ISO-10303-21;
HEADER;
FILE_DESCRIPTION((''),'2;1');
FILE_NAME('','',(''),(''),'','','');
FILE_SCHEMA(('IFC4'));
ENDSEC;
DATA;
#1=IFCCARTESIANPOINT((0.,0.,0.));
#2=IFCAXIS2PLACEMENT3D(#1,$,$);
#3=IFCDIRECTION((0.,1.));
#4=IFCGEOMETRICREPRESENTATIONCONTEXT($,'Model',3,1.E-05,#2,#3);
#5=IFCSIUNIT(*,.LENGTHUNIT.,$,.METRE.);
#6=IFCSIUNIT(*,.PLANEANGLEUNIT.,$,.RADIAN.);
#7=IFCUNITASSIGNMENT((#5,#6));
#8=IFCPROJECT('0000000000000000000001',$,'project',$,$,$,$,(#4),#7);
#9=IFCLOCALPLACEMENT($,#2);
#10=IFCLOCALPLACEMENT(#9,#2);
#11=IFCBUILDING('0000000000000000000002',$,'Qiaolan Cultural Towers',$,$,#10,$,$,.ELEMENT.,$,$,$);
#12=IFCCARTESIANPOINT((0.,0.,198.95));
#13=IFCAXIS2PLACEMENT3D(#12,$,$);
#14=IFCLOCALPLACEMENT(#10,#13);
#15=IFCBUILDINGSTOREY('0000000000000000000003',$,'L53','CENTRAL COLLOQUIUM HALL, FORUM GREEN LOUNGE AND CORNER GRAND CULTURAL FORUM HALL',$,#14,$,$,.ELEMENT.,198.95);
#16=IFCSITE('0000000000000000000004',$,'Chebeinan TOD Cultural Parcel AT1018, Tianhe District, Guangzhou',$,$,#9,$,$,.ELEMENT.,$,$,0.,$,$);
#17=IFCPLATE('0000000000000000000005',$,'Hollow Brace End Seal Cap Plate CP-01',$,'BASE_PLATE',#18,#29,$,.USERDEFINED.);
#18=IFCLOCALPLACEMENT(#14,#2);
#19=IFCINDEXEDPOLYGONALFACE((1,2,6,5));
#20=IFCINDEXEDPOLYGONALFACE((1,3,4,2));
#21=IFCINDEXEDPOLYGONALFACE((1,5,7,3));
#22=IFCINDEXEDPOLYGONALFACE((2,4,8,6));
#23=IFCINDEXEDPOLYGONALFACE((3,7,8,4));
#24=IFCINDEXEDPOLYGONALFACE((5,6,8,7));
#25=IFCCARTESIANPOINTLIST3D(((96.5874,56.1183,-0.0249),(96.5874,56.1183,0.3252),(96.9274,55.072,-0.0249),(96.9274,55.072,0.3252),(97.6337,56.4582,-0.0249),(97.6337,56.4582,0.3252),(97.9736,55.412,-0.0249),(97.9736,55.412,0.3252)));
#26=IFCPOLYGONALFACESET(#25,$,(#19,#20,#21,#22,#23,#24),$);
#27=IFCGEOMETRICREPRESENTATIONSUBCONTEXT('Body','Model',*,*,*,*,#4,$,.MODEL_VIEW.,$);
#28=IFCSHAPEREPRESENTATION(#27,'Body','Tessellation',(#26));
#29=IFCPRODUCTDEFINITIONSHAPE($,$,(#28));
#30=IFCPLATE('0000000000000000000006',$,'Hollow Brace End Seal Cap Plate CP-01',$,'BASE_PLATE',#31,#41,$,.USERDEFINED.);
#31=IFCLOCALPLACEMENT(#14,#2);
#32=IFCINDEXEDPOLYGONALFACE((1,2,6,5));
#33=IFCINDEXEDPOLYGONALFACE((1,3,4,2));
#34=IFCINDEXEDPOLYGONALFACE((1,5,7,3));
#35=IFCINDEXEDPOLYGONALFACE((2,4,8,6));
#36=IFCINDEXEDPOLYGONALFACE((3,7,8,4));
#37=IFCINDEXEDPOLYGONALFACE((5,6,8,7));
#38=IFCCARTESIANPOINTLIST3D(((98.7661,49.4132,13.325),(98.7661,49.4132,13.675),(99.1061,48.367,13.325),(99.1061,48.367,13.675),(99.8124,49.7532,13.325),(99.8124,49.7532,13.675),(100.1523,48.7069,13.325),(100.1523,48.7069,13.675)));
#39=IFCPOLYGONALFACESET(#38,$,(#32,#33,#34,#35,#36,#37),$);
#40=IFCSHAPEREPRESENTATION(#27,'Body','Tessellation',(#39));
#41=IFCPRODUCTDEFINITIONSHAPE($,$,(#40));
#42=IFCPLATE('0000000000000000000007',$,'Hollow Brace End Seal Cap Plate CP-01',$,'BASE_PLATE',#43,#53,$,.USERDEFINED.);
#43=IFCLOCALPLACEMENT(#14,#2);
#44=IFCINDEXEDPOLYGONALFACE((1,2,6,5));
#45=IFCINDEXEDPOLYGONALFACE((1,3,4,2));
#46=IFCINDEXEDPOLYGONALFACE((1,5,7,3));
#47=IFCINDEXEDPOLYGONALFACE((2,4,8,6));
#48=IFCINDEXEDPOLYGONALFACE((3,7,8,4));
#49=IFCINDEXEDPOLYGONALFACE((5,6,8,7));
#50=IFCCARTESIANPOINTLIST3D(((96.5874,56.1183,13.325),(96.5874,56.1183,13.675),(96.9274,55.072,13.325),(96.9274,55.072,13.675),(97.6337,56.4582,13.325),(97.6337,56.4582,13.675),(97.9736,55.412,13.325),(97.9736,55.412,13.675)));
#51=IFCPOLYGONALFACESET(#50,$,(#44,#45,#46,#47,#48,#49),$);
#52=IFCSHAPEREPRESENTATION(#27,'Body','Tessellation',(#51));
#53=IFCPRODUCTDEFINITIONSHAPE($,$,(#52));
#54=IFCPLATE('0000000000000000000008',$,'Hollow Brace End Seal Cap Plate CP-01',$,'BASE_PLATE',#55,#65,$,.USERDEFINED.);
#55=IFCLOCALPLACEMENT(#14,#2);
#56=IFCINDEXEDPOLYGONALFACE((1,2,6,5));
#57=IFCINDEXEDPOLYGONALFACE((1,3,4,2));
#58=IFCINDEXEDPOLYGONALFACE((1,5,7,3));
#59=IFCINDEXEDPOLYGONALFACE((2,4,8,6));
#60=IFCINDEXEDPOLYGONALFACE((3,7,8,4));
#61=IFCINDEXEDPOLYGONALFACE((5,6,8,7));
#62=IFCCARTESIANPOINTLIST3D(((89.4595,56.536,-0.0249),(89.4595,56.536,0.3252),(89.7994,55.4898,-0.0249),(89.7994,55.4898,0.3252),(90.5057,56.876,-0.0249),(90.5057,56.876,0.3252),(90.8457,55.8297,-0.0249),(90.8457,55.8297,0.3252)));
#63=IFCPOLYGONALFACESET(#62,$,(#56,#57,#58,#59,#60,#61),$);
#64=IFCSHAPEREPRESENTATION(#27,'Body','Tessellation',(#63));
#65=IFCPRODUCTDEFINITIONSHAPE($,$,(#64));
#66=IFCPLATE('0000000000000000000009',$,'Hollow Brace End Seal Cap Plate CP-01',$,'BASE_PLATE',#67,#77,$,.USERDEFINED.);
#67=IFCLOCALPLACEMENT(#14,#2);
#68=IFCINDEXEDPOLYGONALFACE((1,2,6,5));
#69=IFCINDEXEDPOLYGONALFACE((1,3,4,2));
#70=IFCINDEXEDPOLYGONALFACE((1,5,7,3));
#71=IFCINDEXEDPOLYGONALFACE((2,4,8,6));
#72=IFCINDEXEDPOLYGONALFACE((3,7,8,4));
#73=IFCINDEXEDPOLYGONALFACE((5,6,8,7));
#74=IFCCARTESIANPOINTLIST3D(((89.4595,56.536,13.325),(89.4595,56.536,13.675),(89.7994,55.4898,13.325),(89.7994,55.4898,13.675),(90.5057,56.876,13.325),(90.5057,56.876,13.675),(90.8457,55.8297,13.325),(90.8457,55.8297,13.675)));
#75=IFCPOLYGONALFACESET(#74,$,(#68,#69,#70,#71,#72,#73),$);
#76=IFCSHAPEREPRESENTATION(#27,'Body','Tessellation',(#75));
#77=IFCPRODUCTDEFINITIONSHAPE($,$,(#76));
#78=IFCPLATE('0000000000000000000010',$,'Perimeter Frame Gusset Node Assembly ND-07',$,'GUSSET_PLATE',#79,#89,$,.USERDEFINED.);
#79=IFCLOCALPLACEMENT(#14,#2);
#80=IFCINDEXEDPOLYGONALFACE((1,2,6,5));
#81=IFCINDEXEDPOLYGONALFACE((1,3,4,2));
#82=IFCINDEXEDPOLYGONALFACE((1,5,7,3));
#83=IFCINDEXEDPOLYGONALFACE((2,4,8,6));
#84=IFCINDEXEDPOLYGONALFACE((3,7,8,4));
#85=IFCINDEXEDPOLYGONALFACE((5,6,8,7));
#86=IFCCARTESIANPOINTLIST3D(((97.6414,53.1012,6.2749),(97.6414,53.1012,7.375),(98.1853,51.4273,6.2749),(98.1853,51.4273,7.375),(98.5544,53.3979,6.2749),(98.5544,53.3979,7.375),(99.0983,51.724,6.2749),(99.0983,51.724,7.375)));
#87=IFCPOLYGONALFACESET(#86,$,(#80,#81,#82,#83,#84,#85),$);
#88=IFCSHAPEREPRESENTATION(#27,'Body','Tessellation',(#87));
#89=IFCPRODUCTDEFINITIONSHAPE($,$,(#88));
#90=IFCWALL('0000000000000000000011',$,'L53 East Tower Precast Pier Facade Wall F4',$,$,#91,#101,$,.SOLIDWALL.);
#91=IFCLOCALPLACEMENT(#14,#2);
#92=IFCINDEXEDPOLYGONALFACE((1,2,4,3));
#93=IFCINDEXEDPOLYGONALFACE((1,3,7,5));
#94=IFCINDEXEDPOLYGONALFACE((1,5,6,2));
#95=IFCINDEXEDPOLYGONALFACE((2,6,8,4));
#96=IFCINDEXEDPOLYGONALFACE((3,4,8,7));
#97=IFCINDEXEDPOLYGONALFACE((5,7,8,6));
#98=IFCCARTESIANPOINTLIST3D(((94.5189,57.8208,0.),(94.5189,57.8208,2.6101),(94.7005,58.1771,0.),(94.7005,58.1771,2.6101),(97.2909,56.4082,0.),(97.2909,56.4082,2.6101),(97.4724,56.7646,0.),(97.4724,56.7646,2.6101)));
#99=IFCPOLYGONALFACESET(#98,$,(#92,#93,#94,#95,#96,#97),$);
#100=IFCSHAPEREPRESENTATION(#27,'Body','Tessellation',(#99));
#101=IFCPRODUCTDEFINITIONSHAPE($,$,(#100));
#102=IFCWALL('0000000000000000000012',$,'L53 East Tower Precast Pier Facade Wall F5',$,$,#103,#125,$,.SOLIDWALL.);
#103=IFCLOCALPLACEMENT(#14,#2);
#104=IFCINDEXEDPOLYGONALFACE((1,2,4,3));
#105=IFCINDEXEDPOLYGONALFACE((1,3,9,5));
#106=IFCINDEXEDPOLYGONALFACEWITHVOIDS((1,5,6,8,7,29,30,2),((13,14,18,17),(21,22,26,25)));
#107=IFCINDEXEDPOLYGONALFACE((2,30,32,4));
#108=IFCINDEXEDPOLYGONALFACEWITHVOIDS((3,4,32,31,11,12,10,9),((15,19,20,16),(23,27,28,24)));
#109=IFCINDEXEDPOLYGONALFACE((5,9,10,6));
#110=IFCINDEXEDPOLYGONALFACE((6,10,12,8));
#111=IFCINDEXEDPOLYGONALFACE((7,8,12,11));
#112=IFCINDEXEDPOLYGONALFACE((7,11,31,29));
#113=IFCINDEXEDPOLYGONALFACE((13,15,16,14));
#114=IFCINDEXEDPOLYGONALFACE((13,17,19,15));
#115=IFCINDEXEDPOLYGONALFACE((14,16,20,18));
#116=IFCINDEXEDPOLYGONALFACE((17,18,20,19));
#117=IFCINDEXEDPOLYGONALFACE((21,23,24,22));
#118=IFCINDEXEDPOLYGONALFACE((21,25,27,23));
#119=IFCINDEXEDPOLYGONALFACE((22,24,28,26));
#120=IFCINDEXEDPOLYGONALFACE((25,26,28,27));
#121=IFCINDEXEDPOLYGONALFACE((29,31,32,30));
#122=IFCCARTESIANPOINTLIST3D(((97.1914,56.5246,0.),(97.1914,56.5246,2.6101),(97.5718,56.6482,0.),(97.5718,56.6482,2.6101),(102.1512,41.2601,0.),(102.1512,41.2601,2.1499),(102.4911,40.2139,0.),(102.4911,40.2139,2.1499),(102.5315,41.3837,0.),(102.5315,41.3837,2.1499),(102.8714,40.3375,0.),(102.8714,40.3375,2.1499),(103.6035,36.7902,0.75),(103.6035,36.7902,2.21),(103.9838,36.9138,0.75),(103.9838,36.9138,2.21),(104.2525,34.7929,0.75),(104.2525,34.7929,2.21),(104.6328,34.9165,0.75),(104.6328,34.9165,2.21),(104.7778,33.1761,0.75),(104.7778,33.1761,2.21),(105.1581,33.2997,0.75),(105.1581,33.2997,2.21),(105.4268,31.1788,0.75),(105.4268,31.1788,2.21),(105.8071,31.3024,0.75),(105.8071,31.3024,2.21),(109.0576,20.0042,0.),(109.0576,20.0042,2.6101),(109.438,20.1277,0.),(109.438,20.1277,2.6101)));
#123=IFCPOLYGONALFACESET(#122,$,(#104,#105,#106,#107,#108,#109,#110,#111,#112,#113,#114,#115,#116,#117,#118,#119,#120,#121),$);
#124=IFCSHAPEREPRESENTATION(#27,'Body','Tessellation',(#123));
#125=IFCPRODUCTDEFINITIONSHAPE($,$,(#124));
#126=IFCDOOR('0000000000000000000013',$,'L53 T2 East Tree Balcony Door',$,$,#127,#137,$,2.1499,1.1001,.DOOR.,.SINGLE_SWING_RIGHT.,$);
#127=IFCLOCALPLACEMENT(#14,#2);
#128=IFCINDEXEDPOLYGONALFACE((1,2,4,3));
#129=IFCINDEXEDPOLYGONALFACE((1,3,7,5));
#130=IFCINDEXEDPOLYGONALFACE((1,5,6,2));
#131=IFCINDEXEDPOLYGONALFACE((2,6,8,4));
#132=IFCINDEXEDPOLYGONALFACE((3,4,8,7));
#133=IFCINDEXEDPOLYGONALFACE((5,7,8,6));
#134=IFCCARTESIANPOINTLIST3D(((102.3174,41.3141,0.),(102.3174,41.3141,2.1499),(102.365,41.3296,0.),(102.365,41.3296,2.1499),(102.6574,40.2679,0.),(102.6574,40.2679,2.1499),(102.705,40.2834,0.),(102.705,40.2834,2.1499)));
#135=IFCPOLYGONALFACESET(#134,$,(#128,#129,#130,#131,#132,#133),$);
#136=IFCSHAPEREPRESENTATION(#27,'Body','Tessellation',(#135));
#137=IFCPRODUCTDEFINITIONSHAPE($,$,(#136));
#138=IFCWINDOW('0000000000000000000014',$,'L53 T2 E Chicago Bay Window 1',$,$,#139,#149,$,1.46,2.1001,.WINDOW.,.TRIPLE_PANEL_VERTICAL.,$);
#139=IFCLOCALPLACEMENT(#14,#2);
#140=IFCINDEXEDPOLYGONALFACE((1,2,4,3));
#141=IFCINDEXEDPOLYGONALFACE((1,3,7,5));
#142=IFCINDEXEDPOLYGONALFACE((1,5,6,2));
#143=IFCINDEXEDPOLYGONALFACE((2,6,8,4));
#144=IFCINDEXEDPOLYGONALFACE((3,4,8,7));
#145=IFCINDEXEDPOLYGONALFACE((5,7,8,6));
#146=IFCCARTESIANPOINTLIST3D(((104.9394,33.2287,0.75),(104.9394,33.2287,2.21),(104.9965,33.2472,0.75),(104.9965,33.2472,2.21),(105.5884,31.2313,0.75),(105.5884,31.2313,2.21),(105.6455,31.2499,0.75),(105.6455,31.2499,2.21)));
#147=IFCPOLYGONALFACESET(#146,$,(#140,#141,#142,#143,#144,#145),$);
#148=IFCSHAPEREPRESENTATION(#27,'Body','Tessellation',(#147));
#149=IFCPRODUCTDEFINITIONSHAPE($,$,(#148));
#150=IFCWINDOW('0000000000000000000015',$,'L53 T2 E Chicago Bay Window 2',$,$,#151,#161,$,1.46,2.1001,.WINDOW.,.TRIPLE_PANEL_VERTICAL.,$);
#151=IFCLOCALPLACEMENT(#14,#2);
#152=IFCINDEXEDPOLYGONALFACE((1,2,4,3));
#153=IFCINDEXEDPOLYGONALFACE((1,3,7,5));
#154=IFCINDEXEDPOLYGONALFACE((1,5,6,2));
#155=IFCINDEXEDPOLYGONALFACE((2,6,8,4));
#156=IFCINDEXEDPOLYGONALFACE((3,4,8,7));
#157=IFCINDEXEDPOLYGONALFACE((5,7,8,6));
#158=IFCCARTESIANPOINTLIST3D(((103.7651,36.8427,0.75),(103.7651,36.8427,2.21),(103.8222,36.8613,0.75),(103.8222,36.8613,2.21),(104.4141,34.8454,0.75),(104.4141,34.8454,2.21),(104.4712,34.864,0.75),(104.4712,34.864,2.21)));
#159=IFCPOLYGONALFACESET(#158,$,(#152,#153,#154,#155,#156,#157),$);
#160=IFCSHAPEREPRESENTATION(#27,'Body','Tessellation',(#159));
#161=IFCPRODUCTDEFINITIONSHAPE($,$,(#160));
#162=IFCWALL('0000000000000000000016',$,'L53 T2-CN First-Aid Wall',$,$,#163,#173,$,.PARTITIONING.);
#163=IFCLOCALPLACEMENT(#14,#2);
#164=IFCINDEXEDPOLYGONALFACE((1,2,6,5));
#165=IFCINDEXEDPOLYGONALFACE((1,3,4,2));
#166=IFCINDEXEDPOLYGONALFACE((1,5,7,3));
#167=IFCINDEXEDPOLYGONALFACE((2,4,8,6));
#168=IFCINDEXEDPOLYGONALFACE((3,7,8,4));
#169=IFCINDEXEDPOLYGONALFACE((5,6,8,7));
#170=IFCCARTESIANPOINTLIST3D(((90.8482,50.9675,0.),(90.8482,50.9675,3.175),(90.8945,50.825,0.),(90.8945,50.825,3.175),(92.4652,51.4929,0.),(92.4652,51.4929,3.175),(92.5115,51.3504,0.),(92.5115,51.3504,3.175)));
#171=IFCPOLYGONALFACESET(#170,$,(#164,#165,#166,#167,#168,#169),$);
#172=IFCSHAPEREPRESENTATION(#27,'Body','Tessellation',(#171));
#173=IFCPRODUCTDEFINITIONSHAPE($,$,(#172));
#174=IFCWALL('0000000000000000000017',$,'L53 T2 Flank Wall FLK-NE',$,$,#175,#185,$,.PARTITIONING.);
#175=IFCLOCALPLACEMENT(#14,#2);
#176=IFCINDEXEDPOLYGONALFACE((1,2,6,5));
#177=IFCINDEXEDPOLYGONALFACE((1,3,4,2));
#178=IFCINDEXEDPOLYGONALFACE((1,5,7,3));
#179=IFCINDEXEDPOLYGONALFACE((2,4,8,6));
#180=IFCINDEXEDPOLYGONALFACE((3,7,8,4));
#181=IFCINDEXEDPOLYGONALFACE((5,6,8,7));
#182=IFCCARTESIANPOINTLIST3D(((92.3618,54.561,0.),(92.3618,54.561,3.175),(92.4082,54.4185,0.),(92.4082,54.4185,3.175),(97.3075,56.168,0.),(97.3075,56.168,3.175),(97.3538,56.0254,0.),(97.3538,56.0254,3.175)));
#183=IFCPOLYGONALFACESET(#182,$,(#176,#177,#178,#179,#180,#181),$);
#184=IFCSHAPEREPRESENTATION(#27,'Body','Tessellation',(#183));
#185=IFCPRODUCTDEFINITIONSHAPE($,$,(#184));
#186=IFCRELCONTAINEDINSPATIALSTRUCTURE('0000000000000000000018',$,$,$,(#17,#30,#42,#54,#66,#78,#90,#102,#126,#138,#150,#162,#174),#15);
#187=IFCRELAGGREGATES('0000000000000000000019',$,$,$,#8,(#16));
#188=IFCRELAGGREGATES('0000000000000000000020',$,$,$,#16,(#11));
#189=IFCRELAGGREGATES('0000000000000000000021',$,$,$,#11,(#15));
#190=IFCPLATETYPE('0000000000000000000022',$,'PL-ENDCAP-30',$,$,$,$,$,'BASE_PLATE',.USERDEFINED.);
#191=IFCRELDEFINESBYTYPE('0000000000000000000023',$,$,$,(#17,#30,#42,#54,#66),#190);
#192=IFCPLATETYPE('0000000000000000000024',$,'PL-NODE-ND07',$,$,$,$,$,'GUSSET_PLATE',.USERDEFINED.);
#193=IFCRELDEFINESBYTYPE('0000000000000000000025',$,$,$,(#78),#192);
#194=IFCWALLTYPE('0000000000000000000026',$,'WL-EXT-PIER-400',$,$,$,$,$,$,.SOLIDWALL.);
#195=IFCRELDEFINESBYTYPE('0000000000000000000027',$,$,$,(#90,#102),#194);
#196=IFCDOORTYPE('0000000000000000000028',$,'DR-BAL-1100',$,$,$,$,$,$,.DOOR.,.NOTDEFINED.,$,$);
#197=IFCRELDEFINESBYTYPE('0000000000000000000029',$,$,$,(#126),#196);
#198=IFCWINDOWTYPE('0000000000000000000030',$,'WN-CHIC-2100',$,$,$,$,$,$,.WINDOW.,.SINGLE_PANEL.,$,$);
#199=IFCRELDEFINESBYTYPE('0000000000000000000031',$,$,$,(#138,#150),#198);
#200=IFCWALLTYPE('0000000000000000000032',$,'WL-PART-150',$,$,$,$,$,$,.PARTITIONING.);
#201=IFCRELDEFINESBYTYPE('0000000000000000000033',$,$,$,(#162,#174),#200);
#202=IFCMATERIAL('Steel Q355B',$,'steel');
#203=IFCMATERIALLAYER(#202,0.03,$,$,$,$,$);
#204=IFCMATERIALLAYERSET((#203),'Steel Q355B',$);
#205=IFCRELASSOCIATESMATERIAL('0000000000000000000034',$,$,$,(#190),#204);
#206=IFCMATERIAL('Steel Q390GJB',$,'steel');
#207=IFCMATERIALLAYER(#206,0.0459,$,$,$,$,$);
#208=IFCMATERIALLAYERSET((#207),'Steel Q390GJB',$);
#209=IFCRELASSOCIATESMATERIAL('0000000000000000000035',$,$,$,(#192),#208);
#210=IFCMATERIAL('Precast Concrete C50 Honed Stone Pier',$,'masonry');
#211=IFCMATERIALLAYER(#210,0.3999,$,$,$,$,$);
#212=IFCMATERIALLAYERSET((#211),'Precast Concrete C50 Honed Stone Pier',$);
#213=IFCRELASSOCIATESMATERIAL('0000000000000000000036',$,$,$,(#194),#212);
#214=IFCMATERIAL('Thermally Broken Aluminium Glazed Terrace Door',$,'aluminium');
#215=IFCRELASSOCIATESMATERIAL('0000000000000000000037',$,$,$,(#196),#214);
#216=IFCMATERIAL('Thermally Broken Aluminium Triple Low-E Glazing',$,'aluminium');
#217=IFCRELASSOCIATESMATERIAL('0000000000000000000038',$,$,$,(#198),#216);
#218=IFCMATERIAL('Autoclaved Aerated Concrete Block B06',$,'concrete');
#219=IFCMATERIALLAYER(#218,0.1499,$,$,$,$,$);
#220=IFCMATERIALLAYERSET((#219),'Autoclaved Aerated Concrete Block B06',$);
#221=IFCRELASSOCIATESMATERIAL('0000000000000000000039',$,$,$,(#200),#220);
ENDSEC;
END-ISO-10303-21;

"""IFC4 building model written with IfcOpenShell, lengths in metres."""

from ifc_helpers import new_model, si_unit, direction, frame, frame_2d, origin, origin_2d, place, context, subcontext, project, spatial, rectangle, extrude, material, layer, layer_set, type_object, element, fill, save


model = new_model("IFC4")

# Units and contexts
model_context = context("Model", 3, precision=1e-05, world=origin(), true_north=direction((0.0, 1.0)))
body_context = subcontext(model_context, "Body", "Model", "MODEL_VIEW")
ifc_project = project(units=[si_unit("LENGTHUNIT", "METRE"), si_unit("PLANEANGLEUNIT", "RADIAN")], contexts=[model_context])

# Site, building, storey
site_placement = place(None, origin())
site = spatial("IfcSite", under=ifc_project, at=site_placement, Name="Chebeinan TOD Cultural Parcel AT1018, Tianhe District, Guangzhou", CompositionType="ELEMENT", RefElevation=0.0)
building_placement = place(site_placement, origin())
building = spatial("IfcBuilding", under=site, at=building_placement, Name="Qiaolan Cultural Towers", CompositionType="ELEMENT")
storey_placement = place(building_placement, frame((0.0, 0.0, 198.95)))
storey = spatial("IfcBuildingStorey", under=building, at=storey_placement, Name="L53", Description="CENTRAL COLLOQUIUM HALL, FORUM GREEN LOUNGE AND CORNER GRAND CULTURAL FORUM HALL", CompositionType="ELEMENT", Elevation=198.95)

# Plates
ifc_material_1 = material(Name="Steel Q355B", Category="steel")
ifc_layer_1 = layer(ifc_material_1, 0.03)
ifc_layer_set_1 = layer_set([ifc_layer_1], Name="Steel Q355B")
plate_type_1 = type_object("IfcPlateType", Name="PL-ENDCAP-30", ElementType="BASE_PLATE", PredefinedType="USERDEFINED", material=ifc_layer_set_1)
for number, where, z_axis, x_axis, name in (
    (1, (97.2805, 55.7651, -0.0249), (0.0, 0.0, 1.0), (-0.309017, 0.951057, 0.0), "Hollow Brace End Seal Cap Plate CP-01"),
    (2, (99.4592, 49.0601, 13.325), (0.0, 0.0, 1.0), (-0.309017, 0.951057, 0.0), "Hollow Brace End Seal Cap Plate CP-01"),
    (3, (97.2805, 55.7651, 13.325), (0.0, 0.0, 1.0), (-0.309017, 0.951057, 0.0), "Hollow Brace End Seal Cap Plate CP-01"),
    (4, (90.1526, 56.1829, -0.0249), (0.0, 0.0, 1.0), (0.951057, 0.309017, 0.0), "Hollow Brace End Seal Cap Plate CP-01"),
    (5, (90.1526, 56.1829, 13.325), (0.0, 0.0, 1.0), (0.951057, 0.309017, 0.0), "Hollow Brace End Seal Cap Plate CP-01"),
):
    element("IfcPlate", number, at=place(storey_placement, frame(where, z_axis=z_axis, x_axis=x_axis)), inside=storey, type_object=plate_type_1, Name=name, ObjectType="BASE_PLATE", PredefinedType="USERDEFINED", context=body_context, shape_type="SweptSolid", body=[
        extrude(rectangle(XDim=1.1001, YDim=1.1001, at=origin_2d()), origin(), (0.0, 0.0, 1.0), 0.3501),
    ])
ifc_material_2 = material(Name="Steel Q390GJB", Category="steel")
ifc_layer_2 = layer(ifc_material_2, 0.0459)
ifc_layer_set_2 = layer_set([ifc_layer_2], Name="Steel Q390GJB")
plate_type_2 = type_object("IfcPlateType", Name="PL-NODE-ND07", ElementType="GUSSET_PLATE", PredefinedType="USERDEFINED", material=ifc_layer_set_2)
plate_placement = place(storey_placement, frame((98.3699, 52.4126, 6.2749), z_axis=(0.0, 0.0, 1.0), x_axis=(-0.309017, 0.951057, 0.0)))
element("IfcPlate", 6, at=plate_placement, inside=storey, type_object=plate_type_2, Name="Perimeter Frame Gusset Node Assembly ND-07", ObjectType="GUSSET_PLATE", PredefinedType="USERDEFINED", context=body_context, shape_type="SweptSolid", body=[
    extrude(rectangle(XDim=1.76, YDim=0.96, at=origin_2d()), origin(), (0.0, 0.0, 1.0), 1.1001),
])

# Wall
ifc_material_3 = material(Name="Precast Concrete C50 Honed Stone Pier", Category="masonry")
ifc_layer_3 = layer(ifc_material_3, 0.3999)
ifc_layer_set_3 = layer_set([ifc_layer_3], Name="Precast Concrete C50 Honed Stone Pier")
wall_type_1 = type_object("IfcWallType", Name="WL-EXT-PIER-400", PredefinedType="SOLIDWALL", material=ifc_layer_set_3)
wall_1_placement = place(storey_placement, frame((94.6096, 57.999, 0.0), z_axis=(0.0, 0.0, 1.0), x_axis=(0.89098, -0.454043, 0.0)))
element("IfcWall", 7, at=wall_1_placement, inside=storey, type_object=wall_type_1, Name="L53 East Tower Precast Pier Facade Wall F4", PredefinedType="SOLIDWALL", context=body_context, shape_type="SweptSolid", body=[
    extrude(rectangle(XDim=3.1111, YDim=0.3999, at=frame_2d((1.5557, 0.0))), origin(), (0.0, 0.0, 1.0), 2.6101),
])

# Wall, openings, door, windows
wall_2_placement = place(storey_placement, frame((97.3816, 56.5864, 0.0), z_axis=(0.0, 0.0, 1.0), x_axis=(0.309016, -0.951057, 0.0)))
wall_2 = element("IfcWall", 8, at=wall_2_placement, inside=storey, type_object=wall_type_1, Name="L53 East Tower Precast Pier Facade Wall F5", PredefinedType="SOLIDWALL", context=body_context, shape_type="SweptSolid", body=[
    extrude(rectangle(XDim=38.3999, YDim=0.3999, at=frame_2d((19.2, 0.0))), origin(), (0.0, 0.0, 1.0), 2.6101),
])
opening_1_placement = place(wall_2_placement, frame((24.55, 0.0, 0.75)))
opening_1 = element("IfcOpeningElement", 9, at=opening_1_placement, cuts=wall_2, PredefinedType="OPENING", context=body_context, shape_type="SweptSolid", body=[
    extrude(rectangle(XDim=2.1001, YDim=1.46, at=frame_2d((1.05, 0.73))), frame((0.0, 0.21, 0.0), z_axis=(0.0, -1.0, 0.0), x_axis=(1.0, 0.0, 0.0)), (0.0, 0.0, 1.0), 0.4199),
])
opening_2_placement = place(wall_2_placement, frame((20.75, 0.0, 0.75)))
opening_2 = element("IfcOpeningElement", 10, at=opening_2_placement, cuts=wall_2, PredefinedType="OPENING", context=body_context, shape_type="SweptSolid", body=[
    extrude(rectangle(XDim=2.1001, YDim=1.46, at=frame_2d((1.05, 0.73))), frame((0.0, 0.21, 0.0), z_axis=(0.0, -1.0, 0.0), x_axis=(1.0, 0.0, 0.0)), (0.0, 0.0, 1.0), 0.4199),
])
opening_3_placement = place(wall_2_placement, frame((16.05, 0.0, 0.0)))
opening_3 = element("IfcOpeningElement", 11, at=opening_3_placement, cuts=wall_2, PredefinedType="OPENING", context=body_context, shape_type="SweptSolid", body=[
    extrude(rectangle(XDim=1.1001, YDim=2.1499, at=frame_2d((0.55, 1.075))), frame((0.0, 0.21, 0.0), z_axis=(0.0, -1.0, 0.0), x_axis=(1.0, 0.0, 0.0)), (0.0, 0.0, 1.0), 0.4199),
])
ifc_material_4 = material(Name="Thermally Broken Aluminium Glazed Terrace Door", Category="aluminium")
door_type = type_object("IfcDoorType", Name="DR-BAL-1100", OperationType="NOTDEFINED", PredefinedType="DOOR", material=ifc_material_4)
door_placement = place(opening_3_placement, origin())
door = element("IfcDoor", 12, at=door_placement, inside=storey, type_object=door_type, Name="L53 T2 East Tree Balcony Door", OperationType="SINGLE_SWING_RIGHT", OverallHeight=2.1499, OverallWidth=1.1001, PredefinedType="DOOR", context=body_context, shape_type="SweptSolid", body=[
    extrude(rectangle(XDim=1.1001, YDim=2.1499, at=frame_2d((0.55, 1.075))), frame((0.0, 0.0249, 0.0), z_axis=(0.0, -1.0, 0.0), x_axis=(1.0, 0.0, 0.0)), (0.0, 0.0, 1.0), 0.05),
])
fill(opening_3, door)
ifc_material_5 = material(Name="Thermally Broken Aluminium Triple Low-E Glazing", Category="aluminium")
window_type = type_object("IfcWindowType", Name="WN-CHIC-2100", PartitioningType="SINGLE_PANEL", PredefinedType="WINDOW", material=ifc_material_5)
window_1_placement = place(opening_1_placement, origin())
window_1 = element("IfcWindow", 13, at=window_1_placement, inside=storey, type_object=window_type, Name="L53 T2 E Chicago Bay Window 1", OverallHeight=1.46, OverallWidth=2.1001, PartitioningType="TRIPLE_PANEL_VERTICAL", PredefinedType="WINDOW", context=body_context, shape_type="SweptSolid", body=[
    extrude(rectangle(XDim=2.1001, YDim=1.46, at=frame_2d((1.05, 0.73))), frame((0.0, 0.03, 0.0), z_axis=(0.0, -1.0, 0.0), x_axis=(1.0, 0.0, 0.0)), (0.0, 0.0, 1.0), 0.0601),
])
fill(opening_1, window_1)
window_2_placement = place(opening_2_placement, origin())
window_2 = element("IfcWindow", 14, at=window_2_placement, inside=storey, type_object=window_type, Name="L53 T2 E Chicago Bay Window 2", OverallHeight=1.46, OverallWidth=2.1001, PartitioningType="TRIPLE_PANEL_VERTICAL", PredefinedType="WINDOW", context=body_context, shape_type="SweptSolid", body=[
    extrude(rectangle(XDim=2.1001, YDim=1.46, at=frame_2d((1.05, 0.73))), frame((0.0, 0.03, 0.0), z_axis=(0.0, -1.0, 0.0), x_axis=(1.0, 0.0, 0.0)), (0.0, 0.0, 1.0), 0.0601),
])
fill(opening_2, window_2)

# Walls
ifc_material_6 = material(Name="Autoclaved Aerated Concrete Block B06", Category="concrete")
ifc_layer_4 = layer(ifc_material_6, 0.1499)
ifc_layer_set_4 = layer_set([ifc_layer_4], Name="Autoclaved Aerated Concrete Block B06")
wall_type_2 = type_object("IfcWallType", Name="WL-PART-150", PredefinedType="PARTITIONING", material=ifc_layer_set_4)
wall_3_placement = place(storey_placement, frame((90.8713, 50.8962, 0.0), z_axis=(0.0, 0.0, 1.0), x_axis=(0.951054, 0.309024, 0.0)))
element("IfcWall", 15, at=wall_3_placement, inside=storey, type_object=wall_type_2, Name="L53 T2-CN First-Aid Wall", PredefinedType="PARTITIONING", context=body_context, shape_type="SweptSolid", body=[
    extrude(rectangle(XDim=1.7002, YDim=0.1499, at=frame_2d((0.8501, 0.0))), origin(), (0.0, 0.0, 1.0), 3.175),
])
wall_4_placement = place(storey_placement, frame((92.385, 54.4897, 0.0), z_axis=(0.0, 0.0, 1.0), x_axis=(0.951055, 0.309021, 0.0)))
element("IfcWall", 16, at=wall_4_placement, inside=storey, type_object=wall_type_2, Name="L53 T2 Flank Wall FLK-NE", PredefinedType="PARTITIONING", context=body_context, shape_type="SweptSolid", body=[
    extrude(rectangle(XDim=5.2002, YDim=0.1499, at=frame_2d((2.6001, 0.0))), origin(), (0.0, 0.0, 1.0), 3.175),
])

save(model, "model.ifc")
